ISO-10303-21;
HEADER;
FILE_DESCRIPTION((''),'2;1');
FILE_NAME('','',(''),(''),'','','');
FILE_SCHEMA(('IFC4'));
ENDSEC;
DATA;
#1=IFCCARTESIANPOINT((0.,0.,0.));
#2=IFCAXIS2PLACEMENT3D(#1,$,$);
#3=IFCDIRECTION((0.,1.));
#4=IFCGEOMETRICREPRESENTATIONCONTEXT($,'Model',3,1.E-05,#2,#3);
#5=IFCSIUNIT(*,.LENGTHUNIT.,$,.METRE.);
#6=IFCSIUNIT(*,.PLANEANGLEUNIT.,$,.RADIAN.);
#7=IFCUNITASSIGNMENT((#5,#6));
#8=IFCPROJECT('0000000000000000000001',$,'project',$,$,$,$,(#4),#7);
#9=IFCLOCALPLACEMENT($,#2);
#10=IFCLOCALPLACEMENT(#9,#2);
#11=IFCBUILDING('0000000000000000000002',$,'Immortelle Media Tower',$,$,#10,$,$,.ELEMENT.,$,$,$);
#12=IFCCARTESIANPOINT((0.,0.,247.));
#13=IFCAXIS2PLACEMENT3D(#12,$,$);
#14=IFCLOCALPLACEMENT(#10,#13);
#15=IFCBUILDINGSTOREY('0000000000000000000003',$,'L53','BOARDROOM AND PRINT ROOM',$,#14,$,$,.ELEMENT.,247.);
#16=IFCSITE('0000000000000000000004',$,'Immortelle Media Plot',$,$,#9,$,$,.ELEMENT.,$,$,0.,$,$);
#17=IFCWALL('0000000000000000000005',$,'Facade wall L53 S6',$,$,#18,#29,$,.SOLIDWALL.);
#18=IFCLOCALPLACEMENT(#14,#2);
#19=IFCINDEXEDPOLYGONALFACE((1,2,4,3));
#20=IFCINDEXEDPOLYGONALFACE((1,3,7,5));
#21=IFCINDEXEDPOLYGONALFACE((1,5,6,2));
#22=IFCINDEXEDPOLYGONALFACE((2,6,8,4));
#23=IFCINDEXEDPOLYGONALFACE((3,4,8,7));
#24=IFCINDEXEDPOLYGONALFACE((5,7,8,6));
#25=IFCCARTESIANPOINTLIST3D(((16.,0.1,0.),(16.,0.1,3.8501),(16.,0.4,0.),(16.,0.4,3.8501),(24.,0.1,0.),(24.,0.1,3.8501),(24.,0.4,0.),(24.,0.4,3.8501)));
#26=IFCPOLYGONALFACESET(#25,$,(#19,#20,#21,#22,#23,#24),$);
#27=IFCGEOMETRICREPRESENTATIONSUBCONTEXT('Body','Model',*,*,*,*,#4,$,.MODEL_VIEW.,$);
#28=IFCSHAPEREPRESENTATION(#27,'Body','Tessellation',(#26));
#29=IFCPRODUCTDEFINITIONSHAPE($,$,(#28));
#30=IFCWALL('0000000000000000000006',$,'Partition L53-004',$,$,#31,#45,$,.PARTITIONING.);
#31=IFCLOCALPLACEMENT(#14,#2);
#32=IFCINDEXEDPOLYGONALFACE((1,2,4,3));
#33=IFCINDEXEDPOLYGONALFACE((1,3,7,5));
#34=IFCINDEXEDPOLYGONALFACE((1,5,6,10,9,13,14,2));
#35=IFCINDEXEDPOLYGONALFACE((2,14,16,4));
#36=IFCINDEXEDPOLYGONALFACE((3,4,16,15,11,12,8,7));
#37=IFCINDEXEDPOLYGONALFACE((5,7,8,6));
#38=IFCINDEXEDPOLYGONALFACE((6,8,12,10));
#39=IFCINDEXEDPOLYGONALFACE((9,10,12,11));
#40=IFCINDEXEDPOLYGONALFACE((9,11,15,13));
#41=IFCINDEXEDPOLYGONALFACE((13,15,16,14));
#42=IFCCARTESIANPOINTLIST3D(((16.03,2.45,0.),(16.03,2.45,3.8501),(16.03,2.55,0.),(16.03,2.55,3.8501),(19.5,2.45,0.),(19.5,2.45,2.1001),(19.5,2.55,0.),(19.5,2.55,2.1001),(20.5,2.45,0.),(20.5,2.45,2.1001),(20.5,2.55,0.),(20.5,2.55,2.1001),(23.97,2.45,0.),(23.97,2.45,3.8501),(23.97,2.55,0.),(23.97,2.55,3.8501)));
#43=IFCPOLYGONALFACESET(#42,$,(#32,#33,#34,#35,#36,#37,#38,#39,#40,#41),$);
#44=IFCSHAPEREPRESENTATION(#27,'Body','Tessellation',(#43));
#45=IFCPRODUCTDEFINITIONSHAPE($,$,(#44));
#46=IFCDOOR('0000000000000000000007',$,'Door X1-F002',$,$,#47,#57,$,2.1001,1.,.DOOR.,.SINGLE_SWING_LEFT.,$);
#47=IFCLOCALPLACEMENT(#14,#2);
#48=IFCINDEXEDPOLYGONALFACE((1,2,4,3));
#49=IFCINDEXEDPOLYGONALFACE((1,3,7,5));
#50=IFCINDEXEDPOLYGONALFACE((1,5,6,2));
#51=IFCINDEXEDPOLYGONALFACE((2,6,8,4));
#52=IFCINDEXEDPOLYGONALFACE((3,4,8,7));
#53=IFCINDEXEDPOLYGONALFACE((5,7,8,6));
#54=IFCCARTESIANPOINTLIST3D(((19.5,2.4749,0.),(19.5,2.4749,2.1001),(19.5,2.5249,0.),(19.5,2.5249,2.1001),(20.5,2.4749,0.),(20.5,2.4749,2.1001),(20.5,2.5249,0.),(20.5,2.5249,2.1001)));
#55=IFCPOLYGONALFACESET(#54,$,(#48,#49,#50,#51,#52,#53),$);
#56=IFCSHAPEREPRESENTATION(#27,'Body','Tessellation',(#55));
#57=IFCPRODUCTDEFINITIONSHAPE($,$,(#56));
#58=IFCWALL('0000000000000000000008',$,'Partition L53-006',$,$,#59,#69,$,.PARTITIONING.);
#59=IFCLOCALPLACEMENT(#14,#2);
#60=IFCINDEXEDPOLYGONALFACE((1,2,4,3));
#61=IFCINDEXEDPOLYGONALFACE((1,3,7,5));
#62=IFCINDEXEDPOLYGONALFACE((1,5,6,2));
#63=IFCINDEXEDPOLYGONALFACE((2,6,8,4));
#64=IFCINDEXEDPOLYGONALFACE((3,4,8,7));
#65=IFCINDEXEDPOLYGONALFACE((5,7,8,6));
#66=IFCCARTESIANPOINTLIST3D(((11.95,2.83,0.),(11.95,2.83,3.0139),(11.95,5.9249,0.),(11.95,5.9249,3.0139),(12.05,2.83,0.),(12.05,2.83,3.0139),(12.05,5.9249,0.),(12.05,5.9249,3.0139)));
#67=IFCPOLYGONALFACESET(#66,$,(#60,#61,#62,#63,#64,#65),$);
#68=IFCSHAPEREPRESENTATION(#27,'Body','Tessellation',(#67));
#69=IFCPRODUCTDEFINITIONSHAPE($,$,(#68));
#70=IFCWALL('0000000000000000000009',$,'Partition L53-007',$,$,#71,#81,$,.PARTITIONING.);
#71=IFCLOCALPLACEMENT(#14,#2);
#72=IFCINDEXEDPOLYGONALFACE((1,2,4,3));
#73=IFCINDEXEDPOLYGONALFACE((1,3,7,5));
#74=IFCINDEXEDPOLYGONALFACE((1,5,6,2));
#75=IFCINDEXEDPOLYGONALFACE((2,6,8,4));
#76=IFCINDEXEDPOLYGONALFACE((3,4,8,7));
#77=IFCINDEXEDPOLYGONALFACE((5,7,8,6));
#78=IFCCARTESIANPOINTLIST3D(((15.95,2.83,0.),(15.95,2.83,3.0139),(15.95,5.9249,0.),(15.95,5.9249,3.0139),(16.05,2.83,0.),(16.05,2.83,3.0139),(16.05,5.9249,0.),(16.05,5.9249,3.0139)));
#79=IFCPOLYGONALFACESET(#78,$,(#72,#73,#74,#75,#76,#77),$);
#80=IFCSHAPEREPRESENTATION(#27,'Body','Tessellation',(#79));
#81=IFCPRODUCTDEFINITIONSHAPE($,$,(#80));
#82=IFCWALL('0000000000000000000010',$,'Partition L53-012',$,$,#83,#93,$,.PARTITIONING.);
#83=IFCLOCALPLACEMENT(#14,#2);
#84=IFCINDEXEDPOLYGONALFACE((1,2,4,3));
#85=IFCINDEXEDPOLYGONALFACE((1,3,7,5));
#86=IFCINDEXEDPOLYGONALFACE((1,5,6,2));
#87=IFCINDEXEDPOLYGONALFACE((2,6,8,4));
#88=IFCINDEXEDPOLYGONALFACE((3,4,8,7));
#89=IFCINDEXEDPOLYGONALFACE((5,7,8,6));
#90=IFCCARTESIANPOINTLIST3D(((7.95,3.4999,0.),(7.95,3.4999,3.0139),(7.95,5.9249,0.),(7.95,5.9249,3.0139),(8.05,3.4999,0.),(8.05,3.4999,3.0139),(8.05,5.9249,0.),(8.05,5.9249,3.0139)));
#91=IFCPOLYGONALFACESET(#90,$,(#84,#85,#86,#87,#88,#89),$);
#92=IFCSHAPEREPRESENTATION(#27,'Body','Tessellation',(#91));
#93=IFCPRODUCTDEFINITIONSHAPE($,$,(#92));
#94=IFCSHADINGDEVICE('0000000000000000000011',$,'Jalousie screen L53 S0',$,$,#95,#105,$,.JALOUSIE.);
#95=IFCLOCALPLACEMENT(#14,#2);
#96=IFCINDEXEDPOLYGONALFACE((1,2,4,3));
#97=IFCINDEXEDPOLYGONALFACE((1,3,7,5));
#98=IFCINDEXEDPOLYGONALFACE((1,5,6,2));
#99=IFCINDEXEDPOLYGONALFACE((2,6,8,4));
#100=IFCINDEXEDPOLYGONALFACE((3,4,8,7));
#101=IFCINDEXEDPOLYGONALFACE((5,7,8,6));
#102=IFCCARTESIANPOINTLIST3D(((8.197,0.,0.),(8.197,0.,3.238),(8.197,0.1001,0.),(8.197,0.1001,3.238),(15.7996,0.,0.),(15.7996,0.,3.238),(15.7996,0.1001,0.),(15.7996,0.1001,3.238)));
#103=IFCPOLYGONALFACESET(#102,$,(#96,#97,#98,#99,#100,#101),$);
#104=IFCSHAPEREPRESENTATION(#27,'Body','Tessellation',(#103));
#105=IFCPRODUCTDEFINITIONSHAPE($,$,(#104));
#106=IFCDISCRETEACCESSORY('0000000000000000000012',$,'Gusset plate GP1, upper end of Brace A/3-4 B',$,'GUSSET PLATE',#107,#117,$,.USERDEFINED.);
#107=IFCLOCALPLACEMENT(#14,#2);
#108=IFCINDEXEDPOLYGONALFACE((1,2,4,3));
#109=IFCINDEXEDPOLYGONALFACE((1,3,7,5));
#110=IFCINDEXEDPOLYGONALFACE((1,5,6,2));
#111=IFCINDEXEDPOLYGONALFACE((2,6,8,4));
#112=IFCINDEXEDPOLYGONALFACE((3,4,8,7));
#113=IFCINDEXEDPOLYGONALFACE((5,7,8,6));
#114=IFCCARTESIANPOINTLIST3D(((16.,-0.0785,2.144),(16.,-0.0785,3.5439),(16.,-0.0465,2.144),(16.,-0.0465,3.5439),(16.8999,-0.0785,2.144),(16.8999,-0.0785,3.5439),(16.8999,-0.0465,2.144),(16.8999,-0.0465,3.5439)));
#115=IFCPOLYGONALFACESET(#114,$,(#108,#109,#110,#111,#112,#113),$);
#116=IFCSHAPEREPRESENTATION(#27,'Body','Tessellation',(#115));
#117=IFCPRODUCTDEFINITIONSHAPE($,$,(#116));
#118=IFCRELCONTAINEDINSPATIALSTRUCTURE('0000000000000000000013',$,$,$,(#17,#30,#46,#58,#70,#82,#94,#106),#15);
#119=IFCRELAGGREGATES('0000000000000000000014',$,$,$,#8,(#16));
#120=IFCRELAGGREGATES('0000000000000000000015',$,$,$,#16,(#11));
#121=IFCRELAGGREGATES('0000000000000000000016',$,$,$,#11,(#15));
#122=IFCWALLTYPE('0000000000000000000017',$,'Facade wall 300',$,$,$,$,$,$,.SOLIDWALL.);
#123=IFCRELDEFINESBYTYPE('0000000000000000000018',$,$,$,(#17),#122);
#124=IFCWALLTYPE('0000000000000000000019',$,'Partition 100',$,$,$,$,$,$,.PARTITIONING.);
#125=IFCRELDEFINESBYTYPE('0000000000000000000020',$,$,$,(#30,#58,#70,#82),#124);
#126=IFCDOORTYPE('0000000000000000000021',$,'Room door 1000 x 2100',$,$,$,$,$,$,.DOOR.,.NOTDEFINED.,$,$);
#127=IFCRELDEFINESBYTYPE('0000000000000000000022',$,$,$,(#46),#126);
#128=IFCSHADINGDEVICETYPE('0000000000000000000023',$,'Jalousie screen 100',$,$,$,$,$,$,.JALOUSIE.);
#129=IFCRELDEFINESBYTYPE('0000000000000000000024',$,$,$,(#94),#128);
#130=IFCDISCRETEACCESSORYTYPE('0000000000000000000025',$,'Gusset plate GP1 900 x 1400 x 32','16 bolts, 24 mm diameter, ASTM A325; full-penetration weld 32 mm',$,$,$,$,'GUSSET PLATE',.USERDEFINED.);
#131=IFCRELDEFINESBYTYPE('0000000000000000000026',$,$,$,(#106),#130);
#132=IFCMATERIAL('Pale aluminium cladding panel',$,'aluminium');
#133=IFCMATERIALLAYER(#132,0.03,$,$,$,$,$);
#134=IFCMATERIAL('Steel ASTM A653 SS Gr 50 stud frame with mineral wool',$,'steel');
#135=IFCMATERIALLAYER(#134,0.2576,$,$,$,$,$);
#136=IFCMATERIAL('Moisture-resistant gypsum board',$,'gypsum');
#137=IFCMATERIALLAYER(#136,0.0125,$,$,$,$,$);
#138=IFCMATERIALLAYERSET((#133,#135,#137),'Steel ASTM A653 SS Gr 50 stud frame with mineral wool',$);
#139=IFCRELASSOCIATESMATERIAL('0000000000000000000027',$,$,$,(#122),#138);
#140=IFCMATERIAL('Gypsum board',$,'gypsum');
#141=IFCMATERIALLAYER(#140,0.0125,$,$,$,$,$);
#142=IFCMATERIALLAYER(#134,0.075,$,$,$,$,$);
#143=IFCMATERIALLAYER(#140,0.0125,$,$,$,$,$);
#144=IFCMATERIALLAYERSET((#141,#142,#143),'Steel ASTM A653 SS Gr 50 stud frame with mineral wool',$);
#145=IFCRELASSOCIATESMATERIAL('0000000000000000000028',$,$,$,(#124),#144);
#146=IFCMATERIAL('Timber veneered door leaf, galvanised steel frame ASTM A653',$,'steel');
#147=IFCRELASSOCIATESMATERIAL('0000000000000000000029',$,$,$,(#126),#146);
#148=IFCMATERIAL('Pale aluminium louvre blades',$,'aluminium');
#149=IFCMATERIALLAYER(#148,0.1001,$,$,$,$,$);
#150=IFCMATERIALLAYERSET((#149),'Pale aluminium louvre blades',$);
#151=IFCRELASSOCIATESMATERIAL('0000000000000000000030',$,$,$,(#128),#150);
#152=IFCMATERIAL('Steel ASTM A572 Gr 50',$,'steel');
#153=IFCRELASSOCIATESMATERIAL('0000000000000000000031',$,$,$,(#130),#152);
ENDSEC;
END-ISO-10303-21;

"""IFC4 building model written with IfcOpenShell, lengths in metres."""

from ifc_helpers import new_model, si_unit, direction, frame, frame_2d, origin, origin_2d, place, context, subcontext, project, spatial, rectangle, extrude, material, layer, layer_set, material_profile, profile_set, type_object, element, fill, save


model = new_model("IFC4")

# Units and contexts
model_context = context("Model", 3, precision=1e-05, world=origin(), true_north=direction((0.0, 1.0)))
body_context = subcontext(model_context, "Body", "Model", "MODEL_VIEW")
ifc_project = project(units=[si_unit("LENGTHUNIT", "METRE"), si_unit("PLANEANGLEUNIT", "RADIAN")], contexts=[model_context])

# Site, building, storey
site_placement = place(None, origin())
site = spatial("IfcSite", under=ifc_project, at=site_placement, Name="Immortelle Media Plot", CompositionType="ELEMENT", RefElevation=0.0)
building_placement = place(site_placement, origin())
building = spatial("IfcBuilding", under=site, at=building_placement, Name="Immortelle Media Tower", CompositionType="ELEMENT")
storey_placement = place(building_placement, frame((0.0, 0.0, 247.0)))
storey = spatial("IfcBuildingStorey", under=building, at=storey_placement, Name="L53", Description="BOARDROOM AND PRINT ROOM", CompositionType="ELEMENT", Elevation=247.0)

# Shared definitions
ifc_material_1 = material(Name="Pale aluminium cladding panel", Category="aluminium")
ifc_layer_1 = layer(ifc_material_1, 0.03)
ifc_material_2 = material(Name="Steel ASTM A653 SS Gr 50 stud frame with mineral wool", Category="steel")
ifc_layer_2 = layer(ifc_material_2, 0.2576)
ifc_material_3 = material(Name="Moisture-resistant gypsum board", Category="gypsum")
ifc_layer_3 = layer(ifc_material_3, 0.0125)
ifc_layer_set_1 = layer_set([ifc_layer_1, ifc_layer_2, ifc_layer_3], Name="Steel ASTM A653 SS Gr 50 stud frame with mineral wool")
wall_type_1 = type_object("IfcWallType", Name="Facade wall 300", PredefinedType="SOLIDWALL", material=ifc_layer_set_1)

# Wall
wall_1_placement = place(storey_placement, frame((16.0, 0.25, 0.0), z_axis=(0.0, 0.0, 1.0), x_axis=(1.0, 0.0, 0.0)))
element("IfcWall", 1, at=wall_1_placement, inside=storey, type_object=wall_type_1, Name="Facade wall L53 S6", PredefinedType="SOLIDWALL", context=body_context, shape_type="SweptSolid", body=[
    extrude(rectangle(XDim=8.0, YDim=0.3, at=frame_2d((4.0, 0.0))), origin(), (0.0, 0.0, 1.0), 3.8501),
])

# Wall, opening, door
ifc_material_4 = material(Name="Gypsum board", Category="gypsum")
ifc_layer_4 = layer(ifc_material_4, 0.0125)
ifc_layer_5 = layer(ifc_material_2, 0.075)
ifc_layer_6 = layer(ifc_material_4, 0.0125)
ifc_layer_set_2 = layer_set([ifc_layer_4, ifc_layer_5, ifc_layer_6], Name="Steel ASTM A653 SS Gr 50 stud frame with mineral wool")
wall_type_2 = type_object("IfcWallType", Name="Partition 100", PredefinedType="PARTITIONING", material=ifc_layer_set_2)
wall_2_placement = place(storey_placement, frame((16.03, 2.5, 0.0), z_axis=(0.0, 0.0, 1.0), x_axis=(1.0, 0.0, 0.0)))
wall_2 = element("IfcWall", 2, at=wall_2_placement, inside=storey, type_object=wall_type_2, Name="Partition L53-004", PredefinedType="PARTITIONING", context=body_context, shape_type="SweptSolid", body=[
    extrude(rectangle(XDim=7.9399, YDim=0.1001, at=frame_2d((3.97, 0.0))), origin(), (0.0, 0.0, 1.0), 3.8501),
])
opening_1_placement = place(wall_2_placement, frame((3.47, 0.0, 0.0)))
opening_1 = element("IfcOpeningElement", 3, at=opening_1_placement, cuts=wall_2, PredefinedType="OPENING", context=body_context, shape_type="SweptSolid", body=[
    extrude(rectangle(XDim=1.0, YDim=2.1001, at=frame_2d((0.5, 1.05))), frame((0.0, 0.0601, 0.0), z_axis=(0.0, -1.0, 0.0), x_axis=(1.0, 0.0, 0.0)), (0.0, 0.0, 1.0), 0.1201),
])
ifc_material_5 = material(Name="Timber veneered door leaf, galvanised steel frame ASTM A653", Category="steel")
door_type_1 = type_object("IfcDoorType", Name="Room door 1000 x 2100", OperationType="NOTDEFINED", PredefinedType="DOOR", material=ifc_material_5)
door_1_placement = place(opening_1_placement, origin())
door_1 = element("IfcDoor", 4, at=door_1_placement, inside=storey, type_object=door_type_1, Name="Door X1-F002", OperationType="SINGLE_SWING_LEFT", OverallHeight=2.1001, OverallWidth=1.0, PredefinedType="DOOR", context=body_context, shape_type="SweptSolid", body=[
    extrude(rectangle(XDim=1.0, YDim=2.1001, at=frame_2d((0.5, 1.05))), frame((0.0, 0.0249, 0.0), z_axis=(0.0, -1.0, 0.0), x_axis=(1.0, 0.0, 0.0)), (0.0, 0.0, 1.0), 0.05),
])
fill(opening_1, door_1)

# Walls
for number, where, z_axis, x_axis, name in (
    (5, (12.0, 2.8301, 0.0), (0.0, 0.0, 1.0), (0.0, 1.0, 0.0), "Partition L53-006"),
    (6, (16.0, 2.8301, 0.0), (0.0, 0.0, 1.0), (0.0, 1.0, 0.0), "Partition L53-007"),
):
    element("IfcWall", number, at=place(storey_placement, frame(where, z_axis=z_axis, x_axis=x_axis)), inside=storey, type_object=wall_type_2, Name=name, PredefinedType="PARTITIONING", context=body_context, shape_type="SweptSolid", body=[
        extrude(rectangle(XDim=3.095, YDim=0.1001, at=frame_2d((1.5474, 0.0))), origin(), (0.0, 0.0, 1.0), 3.0139),
    ])
wall_3_placement = place(storey_placement, frame((8.0, 3.5, 0.0), z_axis=(0.0, 0.0, 1.0), x_axis=(0.0, 1.0, 0.0)))
element("IfcWall", 7, at=wall_3_placement, inside=storey, type_object=wall_type_2, Name="Partition L53-012", PredefinedType="PARTITIONING", context=body_context, shape_type="SweptSolid", body=[
    extrude(rectangle(XDim=2.425, YDim=0.1001, at=frame_2d((1.2124, 0.0))), origin(), (0.0, 0.0, 1.0), 3.0139),
])

# Shading device
ifc_material_6 = material(Name="Pale aluminium louvre blades", Category="aluminium")
ifc_layer_7 = layer(ifc_material_6, 0.1001)
ifc_layer_set_3 = layer_set([ifc_layer_7], Name="Pale aluminium louvre blades")
shading_device_type = type_object("IfcShadingDeviceType", Name="Jalousie screen 100", PredefinedType="JALOUSIE", material=ifc_layer_set_3)
shading_device_placement = place(storey_placement, frame((11.9983, 0.05, 0.0), z_axis=(0.0, 0.0, 1.0), x_axis=(1.0, 0.0, 0.0)))
element("IfcShadingDevice", 8, at=shading_device_placement, inside=storey, type_object=shading_device_type, Name="Jalousie screen L53 S0", PredefinedType="JALOUSIE", context=body_context, shape_type="SweptSolid", body=[
    extrude(rectangle(XDim=7.6025, YDim=0.1001, at=origin_2d()), origin(), (0.0, 0.0, 1.0), 3.238),
])

# Discrete accessory
ifc_material_7 = material(Name="Steel ASTM A572 Gr 50", Category="steel")
ifc_material_profile_1 = material_profile(ifc_material_7, rectangle(XDim=0.032, YDim=1.3999, at=origin_2d()), Name="PL 32 x 1400")
ifc_profile_set_1 = profile_set([ifc_material_profile_1], Name="Steel ASTM A572 Gr 50")
discrete_accessory_type = type_object("IfcDiscreteAccessoryType", Name="Gusset plate GP1 900 x 1400 x 32", Description="16 bolts, 24 mm diameter, ASTM A325; full-penetration weld 32 mm", ElementType="GUSSET PLATE", PredefinedType="USERDEFINED", material=ifc_profile_set_1)
discrete_accessory_placement = place(storey_placement, frame((16.0, -0.0625, 2.844), z_axis=(1.0, 0.0, 0.0), x_axis=(0.0, 1.0, 0.0)))
element("IfcDiscreteAccessory", 9, at=discrete_accessory_placement, inside=storey, type_object=discrete_accessory_type, Name="Gusset plate GP1, upper end of Brace A/3-4 B", ObjectType="GUSSET PLATE", PredefinedType="USERDEFINED", context=body_context, shape_type="SweptSolid", body=[
    extrude(rectangle(XDim=0.032, YDim=1.3999, at=origin_2d()), origin(), (0.0, 0.0, 1.0), 0.8999),
])

save(model, "model.ifc")
